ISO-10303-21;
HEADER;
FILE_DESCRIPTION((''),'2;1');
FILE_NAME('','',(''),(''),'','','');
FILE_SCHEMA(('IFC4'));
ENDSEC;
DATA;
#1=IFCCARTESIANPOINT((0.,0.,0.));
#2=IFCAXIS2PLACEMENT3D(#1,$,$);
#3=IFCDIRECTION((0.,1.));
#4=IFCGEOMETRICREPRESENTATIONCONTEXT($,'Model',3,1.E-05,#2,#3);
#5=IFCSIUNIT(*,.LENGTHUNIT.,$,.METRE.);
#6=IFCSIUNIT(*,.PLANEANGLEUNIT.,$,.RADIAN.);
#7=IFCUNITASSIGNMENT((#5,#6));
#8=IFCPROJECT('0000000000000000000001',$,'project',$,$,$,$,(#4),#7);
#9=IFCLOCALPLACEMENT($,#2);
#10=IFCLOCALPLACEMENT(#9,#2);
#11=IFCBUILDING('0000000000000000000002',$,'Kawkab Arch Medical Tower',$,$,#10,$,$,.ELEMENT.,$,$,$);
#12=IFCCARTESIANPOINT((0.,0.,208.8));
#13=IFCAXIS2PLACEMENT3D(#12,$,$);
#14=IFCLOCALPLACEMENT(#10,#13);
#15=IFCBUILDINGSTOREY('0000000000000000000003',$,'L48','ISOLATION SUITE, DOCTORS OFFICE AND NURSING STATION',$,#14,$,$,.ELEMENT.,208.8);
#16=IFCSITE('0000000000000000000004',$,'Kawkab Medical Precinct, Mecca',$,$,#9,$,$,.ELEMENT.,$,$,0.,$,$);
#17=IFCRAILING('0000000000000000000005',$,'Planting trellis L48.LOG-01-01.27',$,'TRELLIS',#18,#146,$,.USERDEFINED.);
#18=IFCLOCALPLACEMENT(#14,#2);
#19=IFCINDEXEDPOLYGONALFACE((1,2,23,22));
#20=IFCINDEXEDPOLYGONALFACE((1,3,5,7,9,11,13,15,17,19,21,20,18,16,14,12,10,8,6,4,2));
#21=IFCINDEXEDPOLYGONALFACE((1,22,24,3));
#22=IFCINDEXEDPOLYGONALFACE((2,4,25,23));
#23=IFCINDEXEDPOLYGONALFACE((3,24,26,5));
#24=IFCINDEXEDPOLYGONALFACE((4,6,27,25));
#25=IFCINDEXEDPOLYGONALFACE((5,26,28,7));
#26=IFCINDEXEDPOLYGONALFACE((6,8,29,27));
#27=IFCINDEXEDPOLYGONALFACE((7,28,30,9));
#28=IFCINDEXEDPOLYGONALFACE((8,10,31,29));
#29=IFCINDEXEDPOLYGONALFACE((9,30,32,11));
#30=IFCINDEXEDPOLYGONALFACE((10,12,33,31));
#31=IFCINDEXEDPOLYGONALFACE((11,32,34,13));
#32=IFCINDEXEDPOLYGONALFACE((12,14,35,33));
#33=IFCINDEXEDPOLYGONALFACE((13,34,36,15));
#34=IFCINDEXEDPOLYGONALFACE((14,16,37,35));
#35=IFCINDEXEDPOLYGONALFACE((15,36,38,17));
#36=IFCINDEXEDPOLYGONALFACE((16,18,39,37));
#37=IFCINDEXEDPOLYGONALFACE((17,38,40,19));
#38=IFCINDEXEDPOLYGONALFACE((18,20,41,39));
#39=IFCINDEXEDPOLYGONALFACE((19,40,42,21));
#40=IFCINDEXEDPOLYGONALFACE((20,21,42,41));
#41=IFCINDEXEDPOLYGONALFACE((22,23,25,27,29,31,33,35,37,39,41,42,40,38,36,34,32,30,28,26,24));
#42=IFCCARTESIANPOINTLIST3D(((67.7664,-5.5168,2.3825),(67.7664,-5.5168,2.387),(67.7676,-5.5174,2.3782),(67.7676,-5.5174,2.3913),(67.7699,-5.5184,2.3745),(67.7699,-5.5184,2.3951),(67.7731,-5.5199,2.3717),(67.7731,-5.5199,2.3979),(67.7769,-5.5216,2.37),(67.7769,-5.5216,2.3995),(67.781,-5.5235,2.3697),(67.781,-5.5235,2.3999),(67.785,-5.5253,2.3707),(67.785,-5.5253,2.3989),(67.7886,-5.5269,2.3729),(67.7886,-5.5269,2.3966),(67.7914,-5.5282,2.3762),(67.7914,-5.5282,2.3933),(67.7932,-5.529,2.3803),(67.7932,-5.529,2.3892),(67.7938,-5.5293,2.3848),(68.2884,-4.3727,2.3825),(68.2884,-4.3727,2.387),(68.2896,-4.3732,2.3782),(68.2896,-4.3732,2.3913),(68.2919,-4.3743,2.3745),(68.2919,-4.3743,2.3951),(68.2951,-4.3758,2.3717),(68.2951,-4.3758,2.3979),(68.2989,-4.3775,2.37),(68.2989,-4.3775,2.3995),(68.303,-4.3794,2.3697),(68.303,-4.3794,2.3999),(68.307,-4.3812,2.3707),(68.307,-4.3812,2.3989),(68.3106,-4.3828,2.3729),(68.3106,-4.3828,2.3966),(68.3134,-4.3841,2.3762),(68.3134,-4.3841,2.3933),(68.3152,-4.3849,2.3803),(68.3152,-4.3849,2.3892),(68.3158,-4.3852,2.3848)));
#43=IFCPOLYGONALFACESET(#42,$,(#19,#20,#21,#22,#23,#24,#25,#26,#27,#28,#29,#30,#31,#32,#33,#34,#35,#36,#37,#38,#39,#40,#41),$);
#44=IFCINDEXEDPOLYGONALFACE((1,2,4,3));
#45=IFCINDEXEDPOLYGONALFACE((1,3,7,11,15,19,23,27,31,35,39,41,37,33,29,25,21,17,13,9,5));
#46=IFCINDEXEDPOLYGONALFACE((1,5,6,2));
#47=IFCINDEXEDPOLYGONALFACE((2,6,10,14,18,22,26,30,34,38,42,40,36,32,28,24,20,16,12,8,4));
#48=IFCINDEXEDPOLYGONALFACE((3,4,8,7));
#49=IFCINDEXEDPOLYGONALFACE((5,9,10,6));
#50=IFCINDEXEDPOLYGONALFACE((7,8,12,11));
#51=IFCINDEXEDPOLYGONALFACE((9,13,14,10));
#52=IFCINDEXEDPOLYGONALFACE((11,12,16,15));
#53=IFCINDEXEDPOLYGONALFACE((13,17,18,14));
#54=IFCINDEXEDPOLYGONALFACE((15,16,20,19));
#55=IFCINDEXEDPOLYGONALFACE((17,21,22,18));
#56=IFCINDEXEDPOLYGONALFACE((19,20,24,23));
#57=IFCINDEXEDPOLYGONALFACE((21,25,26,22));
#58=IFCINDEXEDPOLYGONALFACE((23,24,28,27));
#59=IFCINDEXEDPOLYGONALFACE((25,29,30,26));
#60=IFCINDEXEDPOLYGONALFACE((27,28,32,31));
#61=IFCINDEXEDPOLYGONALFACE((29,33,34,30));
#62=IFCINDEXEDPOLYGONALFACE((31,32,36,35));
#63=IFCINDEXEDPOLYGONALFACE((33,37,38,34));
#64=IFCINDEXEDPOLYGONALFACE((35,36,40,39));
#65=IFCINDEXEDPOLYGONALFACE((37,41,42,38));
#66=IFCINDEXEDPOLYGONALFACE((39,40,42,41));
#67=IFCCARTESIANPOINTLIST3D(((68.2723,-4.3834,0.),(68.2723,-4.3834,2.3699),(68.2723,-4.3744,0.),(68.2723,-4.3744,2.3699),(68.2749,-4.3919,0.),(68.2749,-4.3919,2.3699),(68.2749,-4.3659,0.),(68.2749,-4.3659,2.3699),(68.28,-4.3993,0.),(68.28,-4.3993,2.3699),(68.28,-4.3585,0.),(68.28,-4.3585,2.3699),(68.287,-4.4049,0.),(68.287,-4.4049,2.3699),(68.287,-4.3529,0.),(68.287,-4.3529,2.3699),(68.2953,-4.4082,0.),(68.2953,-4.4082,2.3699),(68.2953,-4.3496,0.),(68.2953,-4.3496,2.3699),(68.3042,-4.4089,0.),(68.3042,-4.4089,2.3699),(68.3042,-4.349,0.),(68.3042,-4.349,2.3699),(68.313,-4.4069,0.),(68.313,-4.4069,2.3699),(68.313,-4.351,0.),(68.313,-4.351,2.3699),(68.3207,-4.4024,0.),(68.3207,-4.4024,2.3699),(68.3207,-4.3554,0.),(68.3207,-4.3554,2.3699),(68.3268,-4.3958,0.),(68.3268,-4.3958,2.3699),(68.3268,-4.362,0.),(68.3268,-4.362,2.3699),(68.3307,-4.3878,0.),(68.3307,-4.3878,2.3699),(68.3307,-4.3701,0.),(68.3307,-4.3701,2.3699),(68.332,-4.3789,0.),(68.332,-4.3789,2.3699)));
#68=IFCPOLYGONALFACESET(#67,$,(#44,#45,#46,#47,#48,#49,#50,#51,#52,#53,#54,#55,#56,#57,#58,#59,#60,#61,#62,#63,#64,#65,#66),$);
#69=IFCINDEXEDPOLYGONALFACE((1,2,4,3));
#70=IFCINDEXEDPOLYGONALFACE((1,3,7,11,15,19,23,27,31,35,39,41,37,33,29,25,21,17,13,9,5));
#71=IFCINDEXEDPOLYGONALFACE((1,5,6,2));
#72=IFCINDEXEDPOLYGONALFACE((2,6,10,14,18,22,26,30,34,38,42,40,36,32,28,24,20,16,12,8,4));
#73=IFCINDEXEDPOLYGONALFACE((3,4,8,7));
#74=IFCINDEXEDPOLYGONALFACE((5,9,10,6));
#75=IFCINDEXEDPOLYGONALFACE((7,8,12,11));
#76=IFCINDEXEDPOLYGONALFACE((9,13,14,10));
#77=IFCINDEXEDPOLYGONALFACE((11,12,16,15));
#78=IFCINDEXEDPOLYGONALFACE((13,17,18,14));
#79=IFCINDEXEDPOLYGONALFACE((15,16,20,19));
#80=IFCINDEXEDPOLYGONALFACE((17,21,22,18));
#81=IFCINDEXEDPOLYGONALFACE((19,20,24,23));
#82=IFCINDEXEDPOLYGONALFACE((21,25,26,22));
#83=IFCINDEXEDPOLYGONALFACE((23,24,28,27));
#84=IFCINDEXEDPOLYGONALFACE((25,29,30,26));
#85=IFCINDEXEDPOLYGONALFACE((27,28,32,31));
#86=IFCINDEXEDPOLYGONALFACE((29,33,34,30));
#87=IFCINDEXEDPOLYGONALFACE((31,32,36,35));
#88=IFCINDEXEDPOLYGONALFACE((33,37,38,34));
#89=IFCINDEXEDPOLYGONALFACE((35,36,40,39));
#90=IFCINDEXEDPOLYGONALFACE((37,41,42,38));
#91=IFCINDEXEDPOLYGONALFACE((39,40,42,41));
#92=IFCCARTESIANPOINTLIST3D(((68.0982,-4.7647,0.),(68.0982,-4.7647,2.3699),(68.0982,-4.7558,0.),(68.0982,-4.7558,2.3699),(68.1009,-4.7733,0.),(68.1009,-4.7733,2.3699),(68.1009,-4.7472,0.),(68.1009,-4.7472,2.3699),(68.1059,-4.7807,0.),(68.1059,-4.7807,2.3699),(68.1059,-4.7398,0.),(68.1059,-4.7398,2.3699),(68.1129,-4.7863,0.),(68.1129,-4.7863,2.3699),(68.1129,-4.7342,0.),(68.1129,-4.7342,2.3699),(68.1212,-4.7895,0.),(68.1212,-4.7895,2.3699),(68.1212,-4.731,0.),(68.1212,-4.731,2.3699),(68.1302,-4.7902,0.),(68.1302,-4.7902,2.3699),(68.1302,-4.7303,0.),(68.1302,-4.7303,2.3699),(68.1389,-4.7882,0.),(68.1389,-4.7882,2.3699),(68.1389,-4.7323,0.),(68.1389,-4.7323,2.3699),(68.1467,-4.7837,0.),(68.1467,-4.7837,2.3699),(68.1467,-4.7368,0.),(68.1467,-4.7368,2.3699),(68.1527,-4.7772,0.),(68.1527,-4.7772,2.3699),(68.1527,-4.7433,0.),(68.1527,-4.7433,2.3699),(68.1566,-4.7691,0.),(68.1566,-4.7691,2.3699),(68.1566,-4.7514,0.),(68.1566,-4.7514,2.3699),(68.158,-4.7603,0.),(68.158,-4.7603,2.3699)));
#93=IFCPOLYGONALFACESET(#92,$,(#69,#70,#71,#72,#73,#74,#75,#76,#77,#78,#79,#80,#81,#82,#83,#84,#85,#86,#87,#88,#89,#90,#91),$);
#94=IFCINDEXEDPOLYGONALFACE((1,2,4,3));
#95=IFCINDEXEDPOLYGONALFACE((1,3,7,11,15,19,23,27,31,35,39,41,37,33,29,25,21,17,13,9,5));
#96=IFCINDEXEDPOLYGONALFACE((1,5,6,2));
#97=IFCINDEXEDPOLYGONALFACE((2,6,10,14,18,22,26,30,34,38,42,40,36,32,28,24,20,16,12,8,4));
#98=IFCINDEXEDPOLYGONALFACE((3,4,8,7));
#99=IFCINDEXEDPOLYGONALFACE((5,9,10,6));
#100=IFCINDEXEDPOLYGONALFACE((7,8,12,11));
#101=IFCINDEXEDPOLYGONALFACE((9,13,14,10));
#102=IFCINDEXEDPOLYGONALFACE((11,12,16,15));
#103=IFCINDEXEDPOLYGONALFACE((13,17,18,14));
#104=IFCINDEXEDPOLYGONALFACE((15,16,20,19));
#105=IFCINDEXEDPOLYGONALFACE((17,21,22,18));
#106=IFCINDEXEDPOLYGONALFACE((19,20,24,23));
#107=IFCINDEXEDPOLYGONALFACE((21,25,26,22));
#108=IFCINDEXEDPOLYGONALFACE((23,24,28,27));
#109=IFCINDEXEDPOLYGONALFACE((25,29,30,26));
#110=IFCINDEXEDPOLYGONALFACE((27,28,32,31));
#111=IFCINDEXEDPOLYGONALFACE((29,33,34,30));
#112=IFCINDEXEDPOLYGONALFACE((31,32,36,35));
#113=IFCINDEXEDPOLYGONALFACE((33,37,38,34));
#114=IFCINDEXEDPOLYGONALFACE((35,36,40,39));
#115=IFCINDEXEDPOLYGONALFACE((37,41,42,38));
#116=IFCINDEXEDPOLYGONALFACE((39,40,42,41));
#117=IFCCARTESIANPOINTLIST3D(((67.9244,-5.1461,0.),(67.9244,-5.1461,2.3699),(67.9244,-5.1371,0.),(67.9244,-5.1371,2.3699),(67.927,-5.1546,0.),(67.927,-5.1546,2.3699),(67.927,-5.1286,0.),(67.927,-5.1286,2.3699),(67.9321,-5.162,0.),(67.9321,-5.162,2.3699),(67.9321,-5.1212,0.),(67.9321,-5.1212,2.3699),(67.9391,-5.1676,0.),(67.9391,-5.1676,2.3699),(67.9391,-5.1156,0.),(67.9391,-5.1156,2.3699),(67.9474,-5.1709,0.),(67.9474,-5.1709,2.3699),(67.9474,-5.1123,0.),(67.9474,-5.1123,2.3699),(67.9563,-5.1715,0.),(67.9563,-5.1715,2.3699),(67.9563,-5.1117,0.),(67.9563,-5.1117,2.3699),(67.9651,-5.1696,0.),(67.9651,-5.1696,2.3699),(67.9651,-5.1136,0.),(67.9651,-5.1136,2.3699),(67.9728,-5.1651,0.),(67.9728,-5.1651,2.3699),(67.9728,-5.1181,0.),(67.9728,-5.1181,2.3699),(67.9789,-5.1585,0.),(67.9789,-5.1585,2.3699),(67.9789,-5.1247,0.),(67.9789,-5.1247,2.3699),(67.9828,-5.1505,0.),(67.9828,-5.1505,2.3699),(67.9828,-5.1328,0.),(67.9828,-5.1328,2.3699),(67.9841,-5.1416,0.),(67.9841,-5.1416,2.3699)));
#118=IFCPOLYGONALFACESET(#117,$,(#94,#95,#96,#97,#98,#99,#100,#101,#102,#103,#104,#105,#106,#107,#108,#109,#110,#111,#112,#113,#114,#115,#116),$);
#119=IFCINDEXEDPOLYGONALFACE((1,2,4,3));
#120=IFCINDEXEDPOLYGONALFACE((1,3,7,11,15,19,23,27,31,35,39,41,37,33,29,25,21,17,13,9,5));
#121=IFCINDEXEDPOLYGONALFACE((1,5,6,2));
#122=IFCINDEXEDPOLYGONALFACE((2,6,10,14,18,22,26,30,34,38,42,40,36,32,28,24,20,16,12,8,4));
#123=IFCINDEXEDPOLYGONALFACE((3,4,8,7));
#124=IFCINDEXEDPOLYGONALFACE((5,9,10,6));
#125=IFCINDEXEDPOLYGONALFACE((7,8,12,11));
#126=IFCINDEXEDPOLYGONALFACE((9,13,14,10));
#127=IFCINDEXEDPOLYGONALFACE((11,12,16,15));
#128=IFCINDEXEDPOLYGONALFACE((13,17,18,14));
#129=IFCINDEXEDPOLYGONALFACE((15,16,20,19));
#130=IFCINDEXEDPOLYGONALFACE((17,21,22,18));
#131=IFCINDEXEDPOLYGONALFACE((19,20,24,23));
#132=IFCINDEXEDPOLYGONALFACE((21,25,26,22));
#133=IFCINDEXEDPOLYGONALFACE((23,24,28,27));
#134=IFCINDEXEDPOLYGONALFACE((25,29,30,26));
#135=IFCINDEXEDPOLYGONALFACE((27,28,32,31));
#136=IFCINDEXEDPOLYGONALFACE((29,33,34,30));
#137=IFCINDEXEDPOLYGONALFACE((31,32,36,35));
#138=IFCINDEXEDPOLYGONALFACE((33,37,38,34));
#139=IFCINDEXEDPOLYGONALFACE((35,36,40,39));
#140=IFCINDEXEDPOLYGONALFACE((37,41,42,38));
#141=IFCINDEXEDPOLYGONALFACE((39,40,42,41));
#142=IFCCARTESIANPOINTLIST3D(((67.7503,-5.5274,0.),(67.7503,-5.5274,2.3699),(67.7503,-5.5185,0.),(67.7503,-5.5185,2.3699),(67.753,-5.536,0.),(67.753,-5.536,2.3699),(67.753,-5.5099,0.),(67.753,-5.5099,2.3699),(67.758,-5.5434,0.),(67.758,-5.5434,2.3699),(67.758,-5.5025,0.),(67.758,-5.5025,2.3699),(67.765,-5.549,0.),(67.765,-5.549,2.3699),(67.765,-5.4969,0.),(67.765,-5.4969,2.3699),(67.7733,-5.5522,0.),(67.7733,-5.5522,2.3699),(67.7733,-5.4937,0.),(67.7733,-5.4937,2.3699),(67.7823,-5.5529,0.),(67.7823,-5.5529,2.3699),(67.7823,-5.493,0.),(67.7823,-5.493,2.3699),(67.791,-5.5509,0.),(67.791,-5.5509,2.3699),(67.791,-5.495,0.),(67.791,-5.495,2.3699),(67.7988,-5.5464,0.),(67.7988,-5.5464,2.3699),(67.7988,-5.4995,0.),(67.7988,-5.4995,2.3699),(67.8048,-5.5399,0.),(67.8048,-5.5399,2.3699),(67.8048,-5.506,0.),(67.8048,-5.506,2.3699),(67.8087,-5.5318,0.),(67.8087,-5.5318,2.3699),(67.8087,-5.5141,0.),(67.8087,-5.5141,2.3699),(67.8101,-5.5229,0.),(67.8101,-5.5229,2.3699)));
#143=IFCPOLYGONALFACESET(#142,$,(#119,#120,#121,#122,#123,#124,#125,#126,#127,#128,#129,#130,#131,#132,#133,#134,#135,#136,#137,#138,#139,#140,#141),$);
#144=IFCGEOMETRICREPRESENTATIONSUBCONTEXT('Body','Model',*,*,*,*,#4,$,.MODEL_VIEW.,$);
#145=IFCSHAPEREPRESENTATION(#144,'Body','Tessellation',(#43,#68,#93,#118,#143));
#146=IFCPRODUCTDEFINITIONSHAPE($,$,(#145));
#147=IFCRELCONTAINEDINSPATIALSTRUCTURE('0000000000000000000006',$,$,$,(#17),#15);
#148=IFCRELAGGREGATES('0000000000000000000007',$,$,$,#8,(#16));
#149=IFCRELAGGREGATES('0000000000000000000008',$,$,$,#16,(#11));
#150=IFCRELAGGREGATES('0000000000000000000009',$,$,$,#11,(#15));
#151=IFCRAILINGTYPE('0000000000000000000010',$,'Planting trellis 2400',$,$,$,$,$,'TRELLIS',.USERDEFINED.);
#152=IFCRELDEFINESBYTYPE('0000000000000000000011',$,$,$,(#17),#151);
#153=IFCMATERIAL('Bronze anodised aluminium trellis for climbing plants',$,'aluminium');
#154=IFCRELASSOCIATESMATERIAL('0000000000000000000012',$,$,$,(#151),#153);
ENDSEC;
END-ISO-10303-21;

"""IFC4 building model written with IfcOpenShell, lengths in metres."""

from ifc_helpers import new_model, si_unit, direction, frame, origin, origin_2d, place, context, subcontext, project, spatial, circle, extrude, material, type_object, element, save


model = new_model("IFC4")

# Units and contexts
model_context = context("Model", 3, precision=1e-05, world=origin(), true_north=direction((0.0, 1.0)))
body_context = subcontext(model_context, "Body", "Model", "MODEL_VIEW")
ifc_project = project(units=[si_unit("LENGTHUNIT", "METRE"), si_unit("PLANEANGLEUNIT", "RADIAN")], contexts=[model_context])

# Site, building, storey
site_placement = place(None, origin())
site = spatial("IfcSite", under=ifc_project, at=site_placement, Name="Kawkab Medical Precinct, Mecca", CompositionType="ELEMENT", RefElevation=0.0)
building_placement = place(site_placement, origin())
building = spatial("IfcBuilding", under=site, at=building_placement, Name="Kawkab Arch Medical Tower", CompositionType="ELEMENT")
storey_placement = place(building_placement, frame((0.0, 0.0, 208.8)))
storey = spatial("IfcBuildingStorey", under=building, at=storey_placement, Name="L48", Description="ISOLATION SUITE, DOCTORS OFFICE AND NURSING STATION", CompositionType="ELEMENT", Elevation=208.8)

# Railing
ifc_material_1 = material(Name="Bronze anodised aluminium trellis for climbing plants", Category="aluminium")
railing_type_1 = type_object("IfcRailingType", Name="Planting trellis 2400", ElementType="TRELLIS", PredefinedType="USERDEFINED", material=ifc_material_1)
railing_1_placement = place(storey_placement, frame((68.302, -4.3789, 0.0)))
element("IfcRailing", 1, at=railing_1_placement, inside=storey, type_object=railing_type_1, Name="Planting trellis L48.LOG-01-01.27", ObjectType="TRELLIS", PredefinedType="USERDEFINED", context=body_context, shape_type="SweptSolid", body=[
    extrude(circle(Radius=0.0151, at=origin_2d()), frame((0.0, 0.0, 2.3848), z_axis=(-0.41509, -0.90978, 0.0), x_axis=(0.90978, -0.41509, 0.0)), (0.0, 0.0, 1.0), 1.2576),
    extrude(circle(Radius=0.03, at=origin_2d()), origin(), (0.0, 0.0, 1.0), 2.3699),
    extrude(circle(Radius=0.03, at=origin_2d()), frame((-0.1741, -0.3813, 0.0)), (0.0, 0.0, 1.0), 2.3699),
    extrude(circle(Radius=0.03, at=origin_2d()), frame((-0.3479, -0.7627, 0.0)), (0.0, 0.0, 1.0), 2.3699),
    extrude(circle(Radius=0.03, at=origin_2d()), frame((-0.522, -1.144, 0.0)), (0.0, 0.0, 1.0), 2.3699),
])

save(model, "model.ifc")
